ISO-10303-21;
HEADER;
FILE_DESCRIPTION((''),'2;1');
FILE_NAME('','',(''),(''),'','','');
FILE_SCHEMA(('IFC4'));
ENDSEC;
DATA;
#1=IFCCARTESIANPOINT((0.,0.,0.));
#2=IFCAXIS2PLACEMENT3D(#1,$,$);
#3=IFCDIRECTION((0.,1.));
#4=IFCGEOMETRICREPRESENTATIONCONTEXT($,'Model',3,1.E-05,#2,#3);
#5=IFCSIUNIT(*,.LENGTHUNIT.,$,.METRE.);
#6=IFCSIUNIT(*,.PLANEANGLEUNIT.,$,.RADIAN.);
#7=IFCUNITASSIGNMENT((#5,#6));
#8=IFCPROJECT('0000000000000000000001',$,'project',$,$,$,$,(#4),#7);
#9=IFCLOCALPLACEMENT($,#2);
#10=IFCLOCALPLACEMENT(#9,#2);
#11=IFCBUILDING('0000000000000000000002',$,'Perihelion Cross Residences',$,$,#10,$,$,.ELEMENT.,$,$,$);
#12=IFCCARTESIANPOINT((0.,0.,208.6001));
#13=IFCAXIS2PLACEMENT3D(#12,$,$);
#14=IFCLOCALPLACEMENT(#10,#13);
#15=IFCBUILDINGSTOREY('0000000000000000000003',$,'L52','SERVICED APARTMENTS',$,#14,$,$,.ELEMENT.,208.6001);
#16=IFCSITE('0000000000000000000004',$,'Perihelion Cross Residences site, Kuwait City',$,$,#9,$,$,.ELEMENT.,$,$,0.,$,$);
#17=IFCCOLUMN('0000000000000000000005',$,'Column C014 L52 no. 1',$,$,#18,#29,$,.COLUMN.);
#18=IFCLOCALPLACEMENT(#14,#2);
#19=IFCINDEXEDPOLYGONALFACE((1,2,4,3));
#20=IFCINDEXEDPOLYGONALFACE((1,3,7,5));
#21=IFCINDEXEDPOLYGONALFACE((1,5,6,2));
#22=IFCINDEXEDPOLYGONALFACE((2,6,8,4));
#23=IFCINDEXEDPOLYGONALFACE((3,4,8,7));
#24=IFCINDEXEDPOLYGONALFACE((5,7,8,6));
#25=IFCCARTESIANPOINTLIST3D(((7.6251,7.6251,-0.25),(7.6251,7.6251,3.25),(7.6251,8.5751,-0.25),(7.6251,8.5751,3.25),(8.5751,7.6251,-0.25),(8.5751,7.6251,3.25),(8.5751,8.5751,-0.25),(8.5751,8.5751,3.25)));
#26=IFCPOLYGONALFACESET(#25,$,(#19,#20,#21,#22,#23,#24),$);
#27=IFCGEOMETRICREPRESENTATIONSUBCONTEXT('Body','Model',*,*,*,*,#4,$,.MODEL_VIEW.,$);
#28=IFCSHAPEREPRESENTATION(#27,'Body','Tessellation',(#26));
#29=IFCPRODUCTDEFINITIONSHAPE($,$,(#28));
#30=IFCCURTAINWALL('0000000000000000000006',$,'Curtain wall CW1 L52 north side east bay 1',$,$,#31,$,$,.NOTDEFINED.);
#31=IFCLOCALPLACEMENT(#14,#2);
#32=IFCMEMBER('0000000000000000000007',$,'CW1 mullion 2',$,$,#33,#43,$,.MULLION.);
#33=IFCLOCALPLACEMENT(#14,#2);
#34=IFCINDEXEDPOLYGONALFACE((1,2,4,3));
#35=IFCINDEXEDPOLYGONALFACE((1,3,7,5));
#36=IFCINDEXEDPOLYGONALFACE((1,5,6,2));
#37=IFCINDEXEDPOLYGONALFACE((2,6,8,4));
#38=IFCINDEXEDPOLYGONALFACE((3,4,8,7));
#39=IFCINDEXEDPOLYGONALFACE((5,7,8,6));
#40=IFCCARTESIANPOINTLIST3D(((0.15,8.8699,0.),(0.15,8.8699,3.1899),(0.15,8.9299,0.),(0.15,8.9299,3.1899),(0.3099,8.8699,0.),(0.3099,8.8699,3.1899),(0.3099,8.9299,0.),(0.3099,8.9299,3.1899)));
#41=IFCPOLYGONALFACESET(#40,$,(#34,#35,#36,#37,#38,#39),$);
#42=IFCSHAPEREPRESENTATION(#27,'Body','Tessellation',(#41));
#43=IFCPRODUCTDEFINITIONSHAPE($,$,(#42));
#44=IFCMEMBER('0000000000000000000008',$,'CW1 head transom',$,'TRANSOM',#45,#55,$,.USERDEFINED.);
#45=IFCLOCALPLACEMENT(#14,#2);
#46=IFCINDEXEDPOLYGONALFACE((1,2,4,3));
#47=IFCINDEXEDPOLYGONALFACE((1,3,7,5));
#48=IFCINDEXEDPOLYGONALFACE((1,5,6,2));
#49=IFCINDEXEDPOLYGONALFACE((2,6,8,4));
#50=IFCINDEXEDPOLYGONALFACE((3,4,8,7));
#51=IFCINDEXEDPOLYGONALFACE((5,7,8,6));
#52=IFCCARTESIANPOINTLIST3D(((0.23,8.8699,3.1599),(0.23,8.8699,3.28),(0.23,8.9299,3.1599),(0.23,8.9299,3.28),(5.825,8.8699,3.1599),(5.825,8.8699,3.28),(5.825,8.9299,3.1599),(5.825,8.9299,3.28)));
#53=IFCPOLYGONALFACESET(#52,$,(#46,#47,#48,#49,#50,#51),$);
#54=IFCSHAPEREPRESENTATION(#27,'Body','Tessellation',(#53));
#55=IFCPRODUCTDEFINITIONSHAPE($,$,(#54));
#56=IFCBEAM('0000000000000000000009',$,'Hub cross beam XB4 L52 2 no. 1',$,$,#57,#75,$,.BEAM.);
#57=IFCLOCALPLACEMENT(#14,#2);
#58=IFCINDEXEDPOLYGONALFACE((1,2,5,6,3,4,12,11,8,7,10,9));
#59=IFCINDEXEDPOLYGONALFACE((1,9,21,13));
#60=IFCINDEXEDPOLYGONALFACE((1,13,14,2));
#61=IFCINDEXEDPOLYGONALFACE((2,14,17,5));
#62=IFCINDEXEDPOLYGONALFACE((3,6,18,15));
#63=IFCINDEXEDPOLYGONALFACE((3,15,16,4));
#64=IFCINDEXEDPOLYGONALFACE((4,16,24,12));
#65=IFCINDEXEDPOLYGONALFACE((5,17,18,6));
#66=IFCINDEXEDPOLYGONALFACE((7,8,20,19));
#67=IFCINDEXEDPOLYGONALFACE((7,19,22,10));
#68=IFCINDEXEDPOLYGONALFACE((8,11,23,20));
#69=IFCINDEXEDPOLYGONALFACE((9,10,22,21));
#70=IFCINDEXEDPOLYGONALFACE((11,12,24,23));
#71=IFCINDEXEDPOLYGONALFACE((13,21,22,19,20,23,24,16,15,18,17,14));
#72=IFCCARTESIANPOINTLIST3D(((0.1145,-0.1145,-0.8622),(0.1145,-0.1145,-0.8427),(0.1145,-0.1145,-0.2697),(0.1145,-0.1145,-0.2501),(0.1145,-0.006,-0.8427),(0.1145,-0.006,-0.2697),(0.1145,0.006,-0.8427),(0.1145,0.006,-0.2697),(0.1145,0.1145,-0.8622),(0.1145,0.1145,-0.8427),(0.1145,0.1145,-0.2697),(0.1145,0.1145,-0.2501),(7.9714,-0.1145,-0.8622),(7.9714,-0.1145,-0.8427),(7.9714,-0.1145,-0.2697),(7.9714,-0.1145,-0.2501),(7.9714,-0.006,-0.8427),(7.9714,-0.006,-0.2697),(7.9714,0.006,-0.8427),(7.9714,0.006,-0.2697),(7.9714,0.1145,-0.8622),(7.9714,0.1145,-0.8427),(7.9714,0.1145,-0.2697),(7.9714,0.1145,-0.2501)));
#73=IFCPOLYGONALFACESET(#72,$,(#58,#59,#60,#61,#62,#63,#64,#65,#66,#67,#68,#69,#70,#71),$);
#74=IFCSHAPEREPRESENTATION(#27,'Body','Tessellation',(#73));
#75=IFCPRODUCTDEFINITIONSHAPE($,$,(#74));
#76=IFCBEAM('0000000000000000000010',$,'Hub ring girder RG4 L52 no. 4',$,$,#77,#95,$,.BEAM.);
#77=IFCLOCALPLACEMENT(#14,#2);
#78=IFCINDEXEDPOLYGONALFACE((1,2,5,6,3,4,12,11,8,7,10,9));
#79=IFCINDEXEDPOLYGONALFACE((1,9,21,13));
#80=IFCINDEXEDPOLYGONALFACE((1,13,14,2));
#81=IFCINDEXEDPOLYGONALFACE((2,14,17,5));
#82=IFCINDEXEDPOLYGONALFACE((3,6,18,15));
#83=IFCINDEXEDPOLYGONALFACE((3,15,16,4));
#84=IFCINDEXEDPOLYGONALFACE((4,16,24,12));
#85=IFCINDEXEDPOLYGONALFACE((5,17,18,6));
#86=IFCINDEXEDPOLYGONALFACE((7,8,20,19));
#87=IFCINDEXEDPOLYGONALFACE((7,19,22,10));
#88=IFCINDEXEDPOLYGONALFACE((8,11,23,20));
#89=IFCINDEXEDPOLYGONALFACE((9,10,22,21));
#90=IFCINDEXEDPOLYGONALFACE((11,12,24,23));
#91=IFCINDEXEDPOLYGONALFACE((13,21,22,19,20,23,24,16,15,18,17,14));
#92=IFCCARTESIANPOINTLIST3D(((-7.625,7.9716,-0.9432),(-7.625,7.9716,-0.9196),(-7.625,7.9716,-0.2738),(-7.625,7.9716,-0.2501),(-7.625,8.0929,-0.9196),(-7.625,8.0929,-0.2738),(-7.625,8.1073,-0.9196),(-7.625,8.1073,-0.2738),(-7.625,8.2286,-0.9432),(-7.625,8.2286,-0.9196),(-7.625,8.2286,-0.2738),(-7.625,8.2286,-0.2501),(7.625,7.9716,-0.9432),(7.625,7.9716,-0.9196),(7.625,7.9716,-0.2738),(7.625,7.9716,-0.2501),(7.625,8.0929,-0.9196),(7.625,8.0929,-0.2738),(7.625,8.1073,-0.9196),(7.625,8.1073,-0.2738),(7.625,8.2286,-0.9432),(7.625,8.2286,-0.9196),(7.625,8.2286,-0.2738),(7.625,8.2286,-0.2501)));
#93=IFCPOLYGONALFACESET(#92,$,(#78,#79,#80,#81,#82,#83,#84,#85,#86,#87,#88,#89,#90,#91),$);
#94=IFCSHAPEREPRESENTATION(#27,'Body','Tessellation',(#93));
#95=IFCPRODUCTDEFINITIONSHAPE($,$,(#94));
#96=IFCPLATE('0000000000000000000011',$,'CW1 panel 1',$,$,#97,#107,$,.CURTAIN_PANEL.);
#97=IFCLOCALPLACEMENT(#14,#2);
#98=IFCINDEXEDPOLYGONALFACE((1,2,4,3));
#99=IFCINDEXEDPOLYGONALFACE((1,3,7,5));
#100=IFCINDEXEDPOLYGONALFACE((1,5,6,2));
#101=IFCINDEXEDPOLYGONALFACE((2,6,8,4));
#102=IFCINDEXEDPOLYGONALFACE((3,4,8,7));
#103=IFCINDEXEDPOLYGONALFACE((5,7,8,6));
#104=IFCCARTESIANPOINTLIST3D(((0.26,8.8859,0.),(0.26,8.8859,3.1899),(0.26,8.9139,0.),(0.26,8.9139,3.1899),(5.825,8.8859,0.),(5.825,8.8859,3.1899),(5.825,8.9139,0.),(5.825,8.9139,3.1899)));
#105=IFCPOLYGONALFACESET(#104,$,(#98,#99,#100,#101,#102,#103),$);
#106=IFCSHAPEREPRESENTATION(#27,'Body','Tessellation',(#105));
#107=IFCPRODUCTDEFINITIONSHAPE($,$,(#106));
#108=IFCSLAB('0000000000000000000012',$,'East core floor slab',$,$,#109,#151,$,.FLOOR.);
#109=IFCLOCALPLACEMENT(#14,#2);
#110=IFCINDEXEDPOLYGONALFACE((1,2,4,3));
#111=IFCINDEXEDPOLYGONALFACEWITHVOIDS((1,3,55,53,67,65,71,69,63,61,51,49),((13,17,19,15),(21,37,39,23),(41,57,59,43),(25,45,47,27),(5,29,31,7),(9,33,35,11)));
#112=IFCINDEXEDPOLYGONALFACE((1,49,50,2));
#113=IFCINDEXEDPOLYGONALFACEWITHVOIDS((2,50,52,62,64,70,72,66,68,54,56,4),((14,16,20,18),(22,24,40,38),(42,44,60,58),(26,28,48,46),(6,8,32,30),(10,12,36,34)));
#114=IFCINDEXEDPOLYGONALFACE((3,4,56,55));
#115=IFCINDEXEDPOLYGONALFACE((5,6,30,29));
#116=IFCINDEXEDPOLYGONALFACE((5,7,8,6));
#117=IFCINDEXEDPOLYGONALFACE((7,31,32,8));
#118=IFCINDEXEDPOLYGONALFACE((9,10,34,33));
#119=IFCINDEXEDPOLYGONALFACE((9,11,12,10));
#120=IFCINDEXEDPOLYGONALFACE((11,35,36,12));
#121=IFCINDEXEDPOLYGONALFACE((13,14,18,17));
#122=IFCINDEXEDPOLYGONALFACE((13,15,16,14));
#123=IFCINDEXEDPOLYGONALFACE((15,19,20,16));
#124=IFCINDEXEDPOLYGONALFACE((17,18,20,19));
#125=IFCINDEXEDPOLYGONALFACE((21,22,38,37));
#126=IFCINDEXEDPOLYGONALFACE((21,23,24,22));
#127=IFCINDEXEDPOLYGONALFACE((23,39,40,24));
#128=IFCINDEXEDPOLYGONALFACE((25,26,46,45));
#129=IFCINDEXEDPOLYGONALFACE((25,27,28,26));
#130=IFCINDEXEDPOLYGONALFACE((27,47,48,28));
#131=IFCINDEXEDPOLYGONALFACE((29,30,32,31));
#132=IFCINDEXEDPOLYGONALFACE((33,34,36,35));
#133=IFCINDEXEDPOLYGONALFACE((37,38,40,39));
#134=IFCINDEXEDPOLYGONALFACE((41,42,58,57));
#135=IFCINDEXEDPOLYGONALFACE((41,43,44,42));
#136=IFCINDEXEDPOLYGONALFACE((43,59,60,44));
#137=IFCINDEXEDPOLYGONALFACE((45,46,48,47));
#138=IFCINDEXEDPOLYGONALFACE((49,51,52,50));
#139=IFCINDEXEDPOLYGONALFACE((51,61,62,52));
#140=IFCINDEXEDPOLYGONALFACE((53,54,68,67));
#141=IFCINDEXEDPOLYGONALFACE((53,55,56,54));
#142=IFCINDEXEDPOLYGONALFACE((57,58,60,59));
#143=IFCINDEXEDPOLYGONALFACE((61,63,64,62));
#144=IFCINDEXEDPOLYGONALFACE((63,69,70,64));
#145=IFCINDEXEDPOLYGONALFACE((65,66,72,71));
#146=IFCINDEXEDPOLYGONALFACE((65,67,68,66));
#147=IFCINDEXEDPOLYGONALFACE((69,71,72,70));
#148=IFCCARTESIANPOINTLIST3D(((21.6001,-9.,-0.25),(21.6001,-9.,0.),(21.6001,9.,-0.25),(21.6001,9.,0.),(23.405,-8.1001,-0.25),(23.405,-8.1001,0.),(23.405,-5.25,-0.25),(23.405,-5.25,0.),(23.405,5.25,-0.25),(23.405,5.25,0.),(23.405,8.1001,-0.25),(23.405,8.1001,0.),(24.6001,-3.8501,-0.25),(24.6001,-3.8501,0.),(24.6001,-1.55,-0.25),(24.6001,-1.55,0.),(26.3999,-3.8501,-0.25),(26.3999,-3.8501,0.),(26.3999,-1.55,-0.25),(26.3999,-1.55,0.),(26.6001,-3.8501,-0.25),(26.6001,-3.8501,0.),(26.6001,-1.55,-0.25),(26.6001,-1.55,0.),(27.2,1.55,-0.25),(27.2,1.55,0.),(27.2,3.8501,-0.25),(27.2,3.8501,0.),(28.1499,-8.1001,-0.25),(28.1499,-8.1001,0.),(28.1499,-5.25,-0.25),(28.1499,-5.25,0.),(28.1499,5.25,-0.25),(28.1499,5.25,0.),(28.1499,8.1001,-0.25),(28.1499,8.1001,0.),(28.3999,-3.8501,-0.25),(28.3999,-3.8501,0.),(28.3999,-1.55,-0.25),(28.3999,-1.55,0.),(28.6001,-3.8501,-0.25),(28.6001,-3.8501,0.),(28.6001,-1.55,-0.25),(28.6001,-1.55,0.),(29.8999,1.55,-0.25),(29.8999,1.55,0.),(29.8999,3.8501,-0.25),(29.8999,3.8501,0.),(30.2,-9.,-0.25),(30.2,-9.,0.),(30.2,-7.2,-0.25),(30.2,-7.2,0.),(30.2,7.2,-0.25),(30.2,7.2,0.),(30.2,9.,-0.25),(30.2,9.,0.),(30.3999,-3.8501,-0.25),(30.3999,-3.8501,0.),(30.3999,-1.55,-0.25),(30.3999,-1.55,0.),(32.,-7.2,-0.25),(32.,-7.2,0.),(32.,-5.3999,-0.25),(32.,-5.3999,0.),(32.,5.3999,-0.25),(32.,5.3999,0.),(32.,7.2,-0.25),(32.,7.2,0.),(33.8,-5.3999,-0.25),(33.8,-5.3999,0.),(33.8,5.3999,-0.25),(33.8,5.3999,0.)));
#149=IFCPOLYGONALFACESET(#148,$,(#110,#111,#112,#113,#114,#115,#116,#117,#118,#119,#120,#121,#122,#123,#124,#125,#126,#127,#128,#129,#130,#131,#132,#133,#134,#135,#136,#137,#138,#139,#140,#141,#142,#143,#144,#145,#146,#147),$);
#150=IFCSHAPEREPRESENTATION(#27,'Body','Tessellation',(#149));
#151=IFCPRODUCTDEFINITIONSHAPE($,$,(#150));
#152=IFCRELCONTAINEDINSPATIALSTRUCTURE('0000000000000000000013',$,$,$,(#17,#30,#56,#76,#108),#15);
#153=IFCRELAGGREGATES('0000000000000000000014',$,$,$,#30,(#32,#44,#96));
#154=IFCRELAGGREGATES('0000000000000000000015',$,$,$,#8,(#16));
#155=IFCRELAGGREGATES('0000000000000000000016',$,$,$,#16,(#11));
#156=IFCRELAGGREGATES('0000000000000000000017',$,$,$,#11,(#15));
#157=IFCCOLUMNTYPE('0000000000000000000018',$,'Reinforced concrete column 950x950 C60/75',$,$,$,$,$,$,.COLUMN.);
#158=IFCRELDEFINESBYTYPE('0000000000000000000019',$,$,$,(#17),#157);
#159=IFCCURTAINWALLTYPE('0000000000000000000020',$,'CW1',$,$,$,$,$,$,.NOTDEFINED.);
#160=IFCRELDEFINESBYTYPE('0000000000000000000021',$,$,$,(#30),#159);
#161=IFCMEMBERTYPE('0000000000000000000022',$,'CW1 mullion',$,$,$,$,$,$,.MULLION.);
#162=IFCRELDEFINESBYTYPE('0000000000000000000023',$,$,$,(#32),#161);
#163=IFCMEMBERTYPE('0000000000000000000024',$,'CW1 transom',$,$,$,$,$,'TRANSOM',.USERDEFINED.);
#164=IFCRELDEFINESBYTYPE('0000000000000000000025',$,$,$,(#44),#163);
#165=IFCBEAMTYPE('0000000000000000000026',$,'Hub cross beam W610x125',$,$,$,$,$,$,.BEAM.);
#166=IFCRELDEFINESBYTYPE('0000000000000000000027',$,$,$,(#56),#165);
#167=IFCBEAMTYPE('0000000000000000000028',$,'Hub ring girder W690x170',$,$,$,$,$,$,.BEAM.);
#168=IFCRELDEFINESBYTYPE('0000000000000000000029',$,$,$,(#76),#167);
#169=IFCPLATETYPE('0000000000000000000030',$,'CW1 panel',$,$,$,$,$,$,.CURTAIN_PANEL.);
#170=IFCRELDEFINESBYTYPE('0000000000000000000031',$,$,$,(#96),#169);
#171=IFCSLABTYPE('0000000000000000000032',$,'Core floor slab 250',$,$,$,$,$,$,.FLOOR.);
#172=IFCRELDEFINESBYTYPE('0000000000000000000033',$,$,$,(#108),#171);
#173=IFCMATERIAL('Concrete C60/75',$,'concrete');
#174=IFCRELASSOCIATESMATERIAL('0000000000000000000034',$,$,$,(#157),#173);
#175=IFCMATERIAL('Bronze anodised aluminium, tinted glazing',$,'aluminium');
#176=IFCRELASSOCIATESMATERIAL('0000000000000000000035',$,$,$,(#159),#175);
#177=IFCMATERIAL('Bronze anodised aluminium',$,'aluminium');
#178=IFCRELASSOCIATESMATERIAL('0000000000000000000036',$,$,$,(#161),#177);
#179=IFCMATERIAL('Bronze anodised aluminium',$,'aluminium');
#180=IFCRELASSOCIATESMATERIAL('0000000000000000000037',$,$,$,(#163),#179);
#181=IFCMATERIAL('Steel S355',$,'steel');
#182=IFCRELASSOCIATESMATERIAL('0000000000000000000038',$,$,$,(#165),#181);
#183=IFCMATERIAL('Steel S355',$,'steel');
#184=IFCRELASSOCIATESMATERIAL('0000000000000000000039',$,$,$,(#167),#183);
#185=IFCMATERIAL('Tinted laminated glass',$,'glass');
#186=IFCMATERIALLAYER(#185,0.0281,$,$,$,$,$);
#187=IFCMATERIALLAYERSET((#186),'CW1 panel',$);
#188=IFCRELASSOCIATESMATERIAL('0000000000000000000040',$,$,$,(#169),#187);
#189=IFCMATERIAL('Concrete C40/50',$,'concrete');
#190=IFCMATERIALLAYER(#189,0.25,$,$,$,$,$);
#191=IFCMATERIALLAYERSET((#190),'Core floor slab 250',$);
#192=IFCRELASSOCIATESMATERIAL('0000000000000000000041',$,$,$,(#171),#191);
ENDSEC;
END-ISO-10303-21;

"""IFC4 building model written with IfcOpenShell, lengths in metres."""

from ifc_helpers import new_model, si_unit, direction, frame, origin, origin_2d, place, context, subcontext, project, spatial, polyline, rectangle, i_section, outline, extrude, material, layer, layer_set, material_profile, profile_set, type_object, element, aggregate, save


model = new_model("IFC4")

# Units and contexts
model_context = context("Model", 3, precision=1e-05, world=origin(), true_north=direction((0.0, 1.0)))
body_context = subcontext(model_context, "Body", "Model", "MODEL_VIEW")
ifc_project = project(units=[si_unit("LENGTHUNIT", "METRE"), si_unit("PLANEANGLEUNIT", "RADIAN")], contexts=[model_context])

# Site, building, storey
site_placement = place(None, origin())
site = spatial("IfcSite", under=ifc_project, at=site_placement, Name="Perihelion Cross Residences site, Kuwait City", CompositionType="ELEMENT", RefElevation=0.0)
building_placement = place(site_placement, origin())
building = spatial("IfcBuilding", under=site, at=building_placement, Name="Perihelion Cross Residences", CompositionType="ELEMENT")
storey_placement = place(building_placement, frame((0.0, 0.0, 208.6001)))
storey = spatial("IfcBuildingStorey", under=building, at=storey_placement, Name="L52", Description="SERVICED APARTMENTS", CompositionType="ELEMENT", Elevation=208.6001)

# Column
ifc_material_1 = material(Name="Concrete C60/75", Category="concrete")
ifc_material_profile_1 = material_profile(ifc_material_1, rectangle(XDim=0.95, YDim=0.95, at=origin_2d()), Name="RC 950x950")
ifc_profile_set_1 = profile_set([ifc_material_profile_1], Name="Concrete C60/75")
column_type = type_object("IfcColumnType", Name="Reinforced concrete column 950x950 C60/75", PredefinedType="COLUMN", material=ifc_profile_set_1)
column_placement = place(storey_placement, frame((8.1001, 8.1001, -0.25), z_axis=(0.0, 0.0, 1.0), x_axis=(1.0, 0.0, 0.0)))
element("IfcColumn", 1, at=column_placement, inside=storey, type_object=column_type, Name="Column C014 L52 no. 1", PredefinedType="COLUMN", context=body_context, shape_type="SweptSolid", body=[
    extrude(rectangle(XDim=0.95, YDim=0.95, at=origin_2d()), origin(), (0.0, 0.0, 1.0), 3.5),
])

# Curtain wall, members
ifc_material_2 = material(Name="Bronze anodised aluminium, tinted glazing", Category="aluminium")
curtain_wall_type = type_object("IfcCurtainWallType", Name="CW1", PredefinedType="NOTDEFINED", material=ifc_material_2)
curtain_wall_placement = place(storey_placement, origin())
curtain_wall = element("IfcCurtainWall", 2, at=curtain_wall_placement, inside=storey, type_object=curtain_wall_type, Name="Curtain wall CW1 L52 north side east bay 1", PredefinedType="NOTDEFINED")
ifc_material_3 = material(Name="Bronze anodised aluminium", Category="aluminium")
ifc_material_profile_2 = material_profile(ifc_material_3, rectangle(XDim=0.0601, YDim=0.1599, at=origin_2d()), Name="CW1 mullion")
ifc_profile_set_2 = profile_set([ifc_material_profile_2], Name="Bronze anodised aluminium")
member_type_1 = type_object("IfcMemberType", Name="CW1 mullion", PredefinedType="MULLION", material=ifc_profile_set_2)
member_1_placement = place(storey_placement, frame((0.23, 8.8999, 0.0), z_axis=(0.0, 0.0, 1.0), x_axis=(0.0, -1.0, 0.0)))
member_1 = element("IfcMember", 3, at=member_1_placement, type_object=member_type_1, Name="CW1 mullion 2", PredefinedType="MULLION", context=body_context, shape_type="SweptSolid", body=[
    extrude(rectangle(XDim=0.0601, YDim=0.1599, at=origin_2d()), origin(), (0.0, 0.0, 1.0), 3.1899),
])
ifc_material_4 = material(Name="Bronze anodised aluminium", Category="aluminium")
ifc_material_profile_3 = material_profile(ifc_material_4, rectangle(XDim=0.0601, YDim=0.1201, at=origin_2d()), Name="CW1 transom")
ifc_profile_set_3 = profile_set([ifc_material_profile_3], Name="Bronze anodised aluminium")
member_type_2 = type_object("IfcMemberType", Name="CW1 transom", ElementType="TRANSOM", PredefinedType="USERDEFINED", material=ifc_profile_set_3)
member_2_placement = place(storey_placement, frame((5.825, 8.8999, 3.22), z_axis=(-1.0, 0.0, 0.0), x_axis=(0.0, -1.0, 0.0)))
member_2 = element("IfcMember", 4, at=member_2_placement, type_object=member_type_2, Name="CW1 head transom", ObjectType="TRANSOM", PredefinedType="USERDEFINED", context=body_context, shape_type="SweptSolid", body=[
    extrude(rectangle(XDim=0.0601, YDim=0.1201, at=origin_2d()), origin(), (0.0, 0.0, 1.0), 5.595),
])

# Beams
ifc_material_5 = material(Name="Steel S355", Category="steel")
ifc_material_profile_4 = material_profile(ifc_material_5, i_section(OverallWidth=0.229, OverallDepth=0.6121, WebThickness=0.012, FlangeThickness=0.0195, at=origin_2d()), Name="W610x125")
ifc_profile_set_4 = profile_set([ifc_material_profile_4], Name="Steel S355")
beam_type_1 = type_object("IfcBeamType", Name="Hub cross beam W610x125", PredefinedType="BEAM", material=ifc_profile_set_4)
beam_1_placement = place(storey_placement, frame((0.1145, 0.0, -0.5562), z_axis=(1.0, 0.0, 0.0), x_axis=(0.0, 1.0, 0.0)))
element("IfcBeam", 5, at=beam_1_placement, inside=storey, type_object=beam_type_1, Name="Hub cross beam XB4 L52 2 no. 1", PredefinedType="BEAM", context=body_context, shape_type="SweptSolid", body=[
    extrude(i_section(OverallWidth=0.229, OverallDepth=0.6121, WebThickness=0.012, FlangeThickness=0.0195, at=origin_2d()), origin(), (0.0, 0.0, 1.0), 7.8569),
])
ifc_material_6 = material(Name="Steel S355", Category="steel")
ifc_material_profile_5 = material_profile(ifc_material_6, i_section(OverallWidth=0.2571, OverallDepth=0.6931, WebThickness=0.0144, FlangeThickness=0.0237, at=origin_2d()), Name="W690x170")
ifc_profile_set_5 = profile_set([ifc_material_profile_5], Name="Steel S355")
beam_type_2 = type_object("IfcBeamType", Name="Hub ring girder W690x170", PredefinedType="BEAM", material=ifc_profile_set_5)
beam_2_placement = place(storey_placement, frame((7.625, 8.1001, -0.5967), z_axis=(-1.0, 0.0, 0.0), x_axis=(0.0, -1.0, 0.0)))
element("IfcBeam", 6, at=beam_2_placement, inside=storey, type_object=beam_type_2, Name="Hub ring girder RG4 L52 no. 4", PredefinedType="BEAM", context=body_context, shape_type="SweptSolid", body=[
    extrude(i_section(OverallWidth=0.2571, OverallDepth=0.6931, WebThickness=0.0144, FlangeThickness=0.0237, at=origin_2d()), origin(), (0.0, 0.0, 1.0), 15.25),
])

# Plate
ifc_material_7 = material(Name="Tinted laminated glass", Category="glass")
ifc_layer_1 = layer(ifc_material_7, 0.0281)
ifc_layer_set_1 = layer_set([ifc_layer_1], Name="CW1 panel")
plate_type = type_object("IfcPlateType", Name="CW1 panel", PredefinedType="CURTAIN_PANEL", material=ifc_layer_set_1)
plate_placement = place(storey_placement, frame((3.0425, 8.8999, 0.0), z_axis=(0.0, 0.0, 1.0), x_axis=(-1.0, 0.0, 0.0)))
plate = element("IfcPlate", 7, at=plate_placement, type_object=plate_type, Name="CW1 panel 1", PredefinedType="CURTAIN_PANEL", context=body_context, shape_type="SweptSolid", body=[
    extrude(rectangle(XDim=5.5649, YDim=0.0281, at=origin_2d()), origin(), (0.0, 0.0, 1.0), 3.1899),
])
aggregate(curtain_wall, [member_1, member_2, plate])

# Slab
ifc_material_8 = material(Name="Concrete C40/50", Category="concrete")
ifc_layer_2 = layer(ifc_material_8, 0.25)
ifc_layer_set_2 = layer_set([ifc_layer_2], Name="Core floor slab 250")
slab_type = type_object("IfcSlabType", Name="Core floor slab 250", PredefinedType="FLOOR", material=ifc_layer_set_2)
slab_1_placement = place(storey_placement, frame((0.0, 0.0, -0.25)))
element("IfcSlab", 8, at=slab_1_placement, inside=storey, type_object=slab_type, Name="East core floor slab", PredefinedType="FLOOR", context=body_context, shape_type="SweptSolid", body=[
    extrude(outline(polyline([(30.2, 7.2), (32.0, 7.2), (32.0, 5.3999), (33.8, 5.3999), (33.8, -5.3999), (32.0, -5.3999), (32.0, -7.2), (30.2, -7.2), (30.2, -9.0), (21.6001, -9.0), (21.6001, 9.0), (30.2, 9.0), (30.2, 7.2)]), holes=[polyline([(28.1499, -8.1001), (28.1499, -5.25), (23.405, -5.25), (23.405, -8.1001), (28.1499, -8.1001)]), polyline([(24.6001, -1.55), (24.6001, -3.8501), (26.3999, -3.8501), (26.3999, -1.55), (24.6001, -1.55)]), polyline([(26.6001, -1.55), (26.6001, -3.8501), (28.3999, -3.8501), (28.3999, -1.55), (26.6001, -1.55)]), polyline([(28.6001, -3.8501), (30.3999, -3.8501), (30.3999, -1.55), (28.6001, -1.55), (28.6001, -3.8501)]), polyline([(27.2, 3.8501), (27.2, 1.55), (29.8999, 1.55), (29.8999, 3.8501), (27.2, 3.8501)]), polyline([(23.405, 5.25), (28.1499, 5.25), (28.1499, 8.1001), (23.405, 8.1001), (23.405, 5.25)])]), origin(), (0.0, 0.0, 1.0), 0.25),
])

save(model, "model.ifc")
